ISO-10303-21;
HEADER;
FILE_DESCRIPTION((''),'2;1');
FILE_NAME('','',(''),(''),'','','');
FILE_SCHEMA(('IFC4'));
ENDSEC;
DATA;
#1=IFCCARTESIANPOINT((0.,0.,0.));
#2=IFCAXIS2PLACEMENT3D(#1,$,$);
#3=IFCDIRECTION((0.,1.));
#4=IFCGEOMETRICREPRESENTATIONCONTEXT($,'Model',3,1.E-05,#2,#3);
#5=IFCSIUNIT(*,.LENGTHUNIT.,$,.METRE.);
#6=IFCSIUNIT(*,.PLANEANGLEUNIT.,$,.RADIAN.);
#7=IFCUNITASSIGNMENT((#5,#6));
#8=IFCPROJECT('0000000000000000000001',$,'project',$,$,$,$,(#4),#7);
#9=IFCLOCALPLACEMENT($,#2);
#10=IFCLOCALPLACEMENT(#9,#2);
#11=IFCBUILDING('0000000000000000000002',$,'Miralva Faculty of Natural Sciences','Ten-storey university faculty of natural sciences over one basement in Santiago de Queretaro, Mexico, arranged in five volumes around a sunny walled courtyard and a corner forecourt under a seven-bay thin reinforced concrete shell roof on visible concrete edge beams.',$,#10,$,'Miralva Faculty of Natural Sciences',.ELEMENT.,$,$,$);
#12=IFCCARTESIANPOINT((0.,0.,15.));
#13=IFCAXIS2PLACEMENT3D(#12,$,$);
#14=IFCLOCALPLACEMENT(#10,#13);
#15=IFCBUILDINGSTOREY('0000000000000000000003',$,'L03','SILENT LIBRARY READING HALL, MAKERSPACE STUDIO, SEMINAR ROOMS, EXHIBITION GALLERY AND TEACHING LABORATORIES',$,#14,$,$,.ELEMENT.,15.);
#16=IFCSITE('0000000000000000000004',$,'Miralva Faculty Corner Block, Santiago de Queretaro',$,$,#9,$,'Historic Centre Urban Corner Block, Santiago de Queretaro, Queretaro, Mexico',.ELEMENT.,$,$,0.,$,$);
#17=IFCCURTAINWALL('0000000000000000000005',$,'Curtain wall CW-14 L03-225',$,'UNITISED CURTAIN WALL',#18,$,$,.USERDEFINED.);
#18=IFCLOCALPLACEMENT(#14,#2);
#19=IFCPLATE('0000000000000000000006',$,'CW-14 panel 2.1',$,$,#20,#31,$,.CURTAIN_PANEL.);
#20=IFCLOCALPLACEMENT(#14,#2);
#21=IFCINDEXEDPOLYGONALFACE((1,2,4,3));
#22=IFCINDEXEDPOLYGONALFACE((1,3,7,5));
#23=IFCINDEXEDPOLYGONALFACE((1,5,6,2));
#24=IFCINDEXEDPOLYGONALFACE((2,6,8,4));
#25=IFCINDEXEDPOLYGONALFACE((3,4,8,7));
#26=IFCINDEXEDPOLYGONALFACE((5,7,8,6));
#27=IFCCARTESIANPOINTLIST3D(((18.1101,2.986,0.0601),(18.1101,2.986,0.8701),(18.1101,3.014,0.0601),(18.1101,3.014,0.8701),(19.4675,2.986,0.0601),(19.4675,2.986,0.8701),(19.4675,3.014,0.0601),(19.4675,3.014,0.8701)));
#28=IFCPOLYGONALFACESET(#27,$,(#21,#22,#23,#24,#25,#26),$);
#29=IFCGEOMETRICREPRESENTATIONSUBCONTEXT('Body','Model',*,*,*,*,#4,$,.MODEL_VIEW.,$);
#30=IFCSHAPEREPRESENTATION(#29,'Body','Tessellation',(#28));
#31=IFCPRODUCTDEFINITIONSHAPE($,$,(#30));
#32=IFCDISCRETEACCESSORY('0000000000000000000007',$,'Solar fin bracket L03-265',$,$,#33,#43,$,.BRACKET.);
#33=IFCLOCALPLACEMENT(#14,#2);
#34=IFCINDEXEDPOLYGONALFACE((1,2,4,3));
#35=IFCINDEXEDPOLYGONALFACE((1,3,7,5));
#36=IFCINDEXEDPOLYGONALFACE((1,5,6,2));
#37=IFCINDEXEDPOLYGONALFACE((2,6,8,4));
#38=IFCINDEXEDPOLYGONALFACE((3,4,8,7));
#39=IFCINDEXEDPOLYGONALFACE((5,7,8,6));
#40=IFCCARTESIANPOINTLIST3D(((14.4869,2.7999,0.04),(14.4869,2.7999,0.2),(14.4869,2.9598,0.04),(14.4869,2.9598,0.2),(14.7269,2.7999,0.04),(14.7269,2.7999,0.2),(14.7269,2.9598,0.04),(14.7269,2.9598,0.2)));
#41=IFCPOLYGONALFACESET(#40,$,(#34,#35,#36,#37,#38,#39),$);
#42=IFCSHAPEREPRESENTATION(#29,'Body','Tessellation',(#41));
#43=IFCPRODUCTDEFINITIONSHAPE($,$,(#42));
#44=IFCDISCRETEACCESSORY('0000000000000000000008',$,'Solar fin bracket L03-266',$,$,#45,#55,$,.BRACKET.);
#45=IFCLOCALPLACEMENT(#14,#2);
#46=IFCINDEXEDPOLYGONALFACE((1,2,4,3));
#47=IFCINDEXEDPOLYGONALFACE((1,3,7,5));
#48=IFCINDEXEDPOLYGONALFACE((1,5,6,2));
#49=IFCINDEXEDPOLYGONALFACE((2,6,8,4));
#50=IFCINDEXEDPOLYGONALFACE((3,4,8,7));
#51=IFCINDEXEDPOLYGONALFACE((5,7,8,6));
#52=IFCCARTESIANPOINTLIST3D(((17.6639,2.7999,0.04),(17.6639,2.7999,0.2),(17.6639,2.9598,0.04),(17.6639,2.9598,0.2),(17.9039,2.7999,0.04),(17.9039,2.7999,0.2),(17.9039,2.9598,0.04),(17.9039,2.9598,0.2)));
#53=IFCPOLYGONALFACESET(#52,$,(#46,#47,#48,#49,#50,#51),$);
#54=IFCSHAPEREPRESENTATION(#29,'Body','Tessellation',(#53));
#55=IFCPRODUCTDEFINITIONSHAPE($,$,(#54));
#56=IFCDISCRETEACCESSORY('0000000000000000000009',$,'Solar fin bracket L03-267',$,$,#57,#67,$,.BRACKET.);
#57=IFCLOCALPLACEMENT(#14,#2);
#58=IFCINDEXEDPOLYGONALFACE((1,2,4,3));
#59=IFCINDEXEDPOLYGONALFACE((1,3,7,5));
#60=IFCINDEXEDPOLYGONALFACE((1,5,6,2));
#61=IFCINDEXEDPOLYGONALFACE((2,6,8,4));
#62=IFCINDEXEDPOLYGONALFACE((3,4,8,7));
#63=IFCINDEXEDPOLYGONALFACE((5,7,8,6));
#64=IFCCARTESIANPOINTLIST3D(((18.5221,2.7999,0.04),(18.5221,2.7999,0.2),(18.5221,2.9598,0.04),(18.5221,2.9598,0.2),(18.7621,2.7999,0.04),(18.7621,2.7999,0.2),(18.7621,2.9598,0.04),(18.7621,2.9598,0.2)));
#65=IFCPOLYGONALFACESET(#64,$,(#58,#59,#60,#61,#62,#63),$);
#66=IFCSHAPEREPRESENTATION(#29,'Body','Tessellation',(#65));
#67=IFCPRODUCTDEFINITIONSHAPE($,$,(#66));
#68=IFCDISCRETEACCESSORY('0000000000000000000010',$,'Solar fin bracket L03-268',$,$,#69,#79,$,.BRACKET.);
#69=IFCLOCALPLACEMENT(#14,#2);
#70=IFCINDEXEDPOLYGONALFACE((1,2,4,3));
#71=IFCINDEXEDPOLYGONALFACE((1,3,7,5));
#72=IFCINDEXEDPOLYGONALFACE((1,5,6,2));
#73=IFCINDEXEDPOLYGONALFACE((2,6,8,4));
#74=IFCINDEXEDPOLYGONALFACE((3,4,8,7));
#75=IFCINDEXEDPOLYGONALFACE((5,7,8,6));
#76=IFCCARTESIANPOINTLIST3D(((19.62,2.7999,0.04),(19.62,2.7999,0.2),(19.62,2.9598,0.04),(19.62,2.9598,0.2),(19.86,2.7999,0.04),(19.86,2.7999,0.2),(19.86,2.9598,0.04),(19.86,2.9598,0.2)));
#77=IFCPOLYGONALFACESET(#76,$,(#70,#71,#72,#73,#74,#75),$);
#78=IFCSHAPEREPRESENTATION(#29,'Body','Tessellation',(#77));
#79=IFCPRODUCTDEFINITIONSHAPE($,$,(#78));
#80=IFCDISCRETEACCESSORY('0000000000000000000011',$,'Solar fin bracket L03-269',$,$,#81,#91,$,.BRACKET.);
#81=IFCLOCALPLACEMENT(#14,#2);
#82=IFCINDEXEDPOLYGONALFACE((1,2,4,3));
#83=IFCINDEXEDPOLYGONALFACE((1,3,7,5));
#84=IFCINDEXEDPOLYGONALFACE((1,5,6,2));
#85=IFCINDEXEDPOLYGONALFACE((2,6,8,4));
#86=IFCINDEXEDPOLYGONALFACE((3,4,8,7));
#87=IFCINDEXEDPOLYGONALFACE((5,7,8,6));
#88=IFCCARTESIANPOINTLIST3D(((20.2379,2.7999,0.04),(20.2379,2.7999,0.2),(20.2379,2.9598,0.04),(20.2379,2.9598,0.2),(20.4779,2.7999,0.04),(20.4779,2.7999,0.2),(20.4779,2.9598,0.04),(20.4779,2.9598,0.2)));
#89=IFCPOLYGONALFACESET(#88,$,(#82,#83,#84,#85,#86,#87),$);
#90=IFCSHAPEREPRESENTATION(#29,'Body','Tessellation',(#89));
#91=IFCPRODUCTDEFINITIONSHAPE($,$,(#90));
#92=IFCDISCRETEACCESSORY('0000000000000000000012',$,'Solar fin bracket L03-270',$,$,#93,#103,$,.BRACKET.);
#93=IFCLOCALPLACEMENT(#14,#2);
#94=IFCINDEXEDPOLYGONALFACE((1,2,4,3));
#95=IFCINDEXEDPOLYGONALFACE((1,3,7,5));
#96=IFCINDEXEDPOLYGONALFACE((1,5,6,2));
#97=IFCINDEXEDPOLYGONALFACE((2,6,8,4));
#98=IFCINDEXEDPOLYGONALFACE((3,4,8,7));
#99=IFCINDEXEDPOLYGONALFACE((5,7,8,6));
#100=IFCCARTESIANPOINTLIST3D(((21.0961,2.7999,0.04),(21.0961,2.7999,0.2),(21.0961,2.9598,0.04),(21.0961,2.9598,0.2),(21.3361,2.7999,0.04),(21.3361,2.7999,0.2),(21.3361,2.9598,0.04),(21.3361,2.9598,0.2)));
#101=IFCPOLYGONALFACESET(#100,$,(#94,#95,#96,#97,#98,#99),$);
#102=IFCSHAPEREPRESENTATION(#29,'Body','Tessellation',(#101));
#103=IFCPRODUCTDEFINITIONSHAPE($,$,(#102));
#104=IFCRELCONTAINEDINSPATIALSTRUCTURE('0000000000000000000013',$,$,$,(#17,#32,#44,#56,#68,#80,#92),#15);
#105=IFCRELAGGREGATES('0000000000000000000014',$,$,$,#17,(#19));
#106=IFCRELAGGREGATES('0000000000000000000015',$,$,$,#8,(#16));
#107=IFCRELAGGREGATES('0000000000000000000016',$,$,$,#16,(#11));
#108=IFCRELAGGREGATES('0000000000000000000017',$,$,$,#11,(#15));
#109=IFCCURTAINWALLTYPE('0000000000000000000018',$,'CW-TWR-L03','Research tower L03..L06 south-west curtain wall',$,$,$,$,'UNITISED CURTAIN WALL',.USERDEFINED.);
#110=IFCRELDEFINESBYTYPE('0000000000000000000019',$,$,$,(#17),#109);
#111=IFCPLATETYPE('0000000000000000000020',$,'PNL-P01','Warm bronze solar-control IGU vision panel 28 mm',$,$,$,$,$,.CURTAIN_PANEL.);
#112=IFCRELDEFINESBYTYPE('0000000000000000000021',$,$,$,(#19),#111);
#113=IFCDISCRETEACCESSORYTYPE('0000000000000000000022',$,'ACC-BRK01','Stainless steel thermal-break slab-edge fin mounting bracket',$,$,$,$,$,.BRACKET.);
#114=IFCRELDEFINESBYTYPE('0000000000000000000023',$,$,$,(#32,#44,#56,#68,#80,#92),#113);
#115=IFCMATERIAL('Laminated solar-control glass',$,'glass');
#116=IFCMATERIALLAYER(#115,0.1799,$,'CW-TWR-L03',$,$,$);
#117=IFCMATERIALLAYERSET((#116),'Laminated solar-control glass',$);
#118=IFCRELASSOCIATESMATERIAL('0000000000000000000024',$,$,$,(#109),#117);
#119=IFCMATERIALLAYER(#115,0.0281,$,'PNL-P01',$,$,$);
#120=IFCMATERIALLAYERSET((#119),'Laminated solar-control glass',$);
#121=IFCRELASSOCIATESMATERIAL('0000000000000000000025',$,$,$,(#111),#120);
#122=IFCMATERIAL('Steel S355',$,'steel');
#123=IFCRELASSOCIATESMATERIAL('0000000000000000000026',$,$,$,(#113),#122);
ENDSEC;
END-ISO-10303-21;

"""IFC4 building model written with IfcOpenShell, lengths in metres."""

from ifc_helpers import new_model, si_unit, direction, frame, origin, origin_2d, place, context, subcontext, project, spatial, rectangle, extrude, material, layer, layer_set, type_object, element, aggregate, save


model = new_model("IFC4")

# Units and contexts
model_context = context("Model", 3, precision=1e-05, world=origin(), true_north=direction((0.0, 1.0)))
body_context = subcontext(model_context, "Body", "Model", "MODEL_VIEW")
ifc_project = project(units=[si_unit("LENGTHUNIT", "METRE"), si_unit("PLANEANGLEUNIT", "RADIAN")], contexts=[model_context])

# Site, building, storey
site_placement = place(None, origin())
site = spatial("IfcSite", under=ifc_project, at=site_placement, Name="Miralva Faculty Corner Block, Santiago de Queretaro", LongName="Historic Centre Urban Corner Block, Santiago de Queretaro, Queretaro, Mexico", CompositionType="ELEMENT", RefElevation=0.0)
building_placement = place(site_placement, origin())
building = spatial("IfcBuilding", under=site, at=building_placement, Name="Miralva Faculty of Natural Sciences", Description="Ten-storey university faculty of natural sciences over one basement in Santiago de Queretaro, Mexico, arranged in five volumes around a sunny walled courtyard and a corner forecourt under a seven-bay thin reinforced concrete shell roof on visible concrete edge beams.", LongName="Miralva Faculty of Natural Sciences", CompositionType="ELEMENT")
storey_placement = place(building_placement, frame((0.0, 0.0, 15.0)))
storey = spatial("IfcBuildingStorey", under=building, at=storey_placement, Name="L03", Description="SILENT LIBRARY READING HALL, MAKERSPACE STUDIO, SEMINAR ROOMS, EXHIBITION GALLERY AND TEACHING LABORATORIES", CompositionType="ELEMENT", Elevation=15.0)

# Curtain wall
ifc_material_1 = material(Name="Laminated solar-control glass", Category="glass")
ifc_layer_1 = layer(ifc_material_1, 0.1799, Name="CW-TWR-L03")
ifc_layer_set_1 = layer_set([ifc_layer_1], Name="Laminated solar-control glass")
curtain_wall_type = type_object("IfcCurtainWallType", Name="CW-TWR-L03", Description="Research tower L03..L06 south-west curtain wall", ElementType="UNITISED CURTAIN WALL", PredefinedType="USERDEFINED", material=ifc_layer_set_1)
curtain_wall_1_placement = place(storey_placement, origin())
curtain_wall_1 = element("IfcCurtainWall", 1, at=curtain_wall_1_placement, inside=storey, type_object=curtain_wall_type, Name="Curtain wall CW-14 L03-225", ObjectType="UNITISED CURTAIN WALL", PredefinedType="USERDEFINED")

# Plate
ifc_layer_2 = layer(ifc_material_1, 0.0281, Name="PNL-P01")
ifc_layer_set_2 = layer_set([ifc_layer_2], Name="Laminated solar-control glass")
plate_type = type_object("IfcPlateType", Name="PNL-P01", Description="Warm bronze solar-control IGU vision panel 28 mm", PredefinedType="CURTAIN_PANEL", material=ifc_layer_set_2)
plate_1_placement = place(storey_placement, frame((18.7888, 3.0, 0.0601), z_axis=(0.0, 0.0, 1.0), x_axis=(1.0, 0.0, 0.0)))
plate_1 = element("IfcPlate", 2, at=plate_1_placement, type_object=plate_type, Name="CW-14 panel 2.1", PredefinedType="CURTAIN_PANEL", context=body_context, shape_type="SweptSolid", body=[
    extrude(rectangle(XDim=1.3574, YDim=0.0281, at=origin_2d()), origin(), (0.0, 0.0, 1.0), 0.8101),
])
aggregate(curtain_wall_1, [plate_1])

# Discrete accessories
ifc_material_2 = material(Name="Steel S355", Category="steel")
discrete_accessory_type = type_object("IfcDiscreteAccessoryType", Name="ACC-BRK01", Description="Stainless steel thermal-break slab-edge fin mounting bracket", PredefinedType="BRACKET", material=ifc_material_2)
for number, where, z_axis, x_axis, name in (
    (3, (14.6069, 2.8799, 0.04), (0.0, 0.0, 1.0), (0.0, -1.0, 0.0), "Solar fin bracket L03-265"),
    (4, (17.7839, 2.8799, 0.04), (0.0, 0.0, 1.0), (0.0, -1.0, 0.0), "Solar fin bracket L03-266"),
    (5, (18.6421, 2.8799, 0.04), (0.0, 0.0, 1.0), (0.0, -1.0, 0.0), "Solar fin bracket L03-267"),
    (6, (19.74, 2.8799, 0.04), (0.0, 0.0, 1.0), (0.0, -1.0, 0.0), "Solar fin bracket L03-268"),
    (7, (20.3579, 2.8799, 0.04), (0.0, 0.0, 1.0), (0.0, -1.0, 0.0), "Solar fin bracket L03-269"),
    (8, (21.2161, 2.8799, 0.04), (0.0, 0.0, 1.0), (0.0, -1.0, 0.0), "Solar fin bracket L03-270"),
):
    element("IfcDiscreteAccessory", number, at=place(storey_placement, frame(where, z_axis=z_axis, x_axis=x_axis)), inside=storey, type_object=discrete_accessory_type, Name=name, PredefinedType="BRACKET", context=body_context, shape_type="SweptSolid", body=[
        extrude(rectangle(XDim=0.1599, YDim=0.24, at=origin_2d()), origin(), (0.0, 0.0, 1.0), 0.1599),
    ])

save(model, "model.ifc")
